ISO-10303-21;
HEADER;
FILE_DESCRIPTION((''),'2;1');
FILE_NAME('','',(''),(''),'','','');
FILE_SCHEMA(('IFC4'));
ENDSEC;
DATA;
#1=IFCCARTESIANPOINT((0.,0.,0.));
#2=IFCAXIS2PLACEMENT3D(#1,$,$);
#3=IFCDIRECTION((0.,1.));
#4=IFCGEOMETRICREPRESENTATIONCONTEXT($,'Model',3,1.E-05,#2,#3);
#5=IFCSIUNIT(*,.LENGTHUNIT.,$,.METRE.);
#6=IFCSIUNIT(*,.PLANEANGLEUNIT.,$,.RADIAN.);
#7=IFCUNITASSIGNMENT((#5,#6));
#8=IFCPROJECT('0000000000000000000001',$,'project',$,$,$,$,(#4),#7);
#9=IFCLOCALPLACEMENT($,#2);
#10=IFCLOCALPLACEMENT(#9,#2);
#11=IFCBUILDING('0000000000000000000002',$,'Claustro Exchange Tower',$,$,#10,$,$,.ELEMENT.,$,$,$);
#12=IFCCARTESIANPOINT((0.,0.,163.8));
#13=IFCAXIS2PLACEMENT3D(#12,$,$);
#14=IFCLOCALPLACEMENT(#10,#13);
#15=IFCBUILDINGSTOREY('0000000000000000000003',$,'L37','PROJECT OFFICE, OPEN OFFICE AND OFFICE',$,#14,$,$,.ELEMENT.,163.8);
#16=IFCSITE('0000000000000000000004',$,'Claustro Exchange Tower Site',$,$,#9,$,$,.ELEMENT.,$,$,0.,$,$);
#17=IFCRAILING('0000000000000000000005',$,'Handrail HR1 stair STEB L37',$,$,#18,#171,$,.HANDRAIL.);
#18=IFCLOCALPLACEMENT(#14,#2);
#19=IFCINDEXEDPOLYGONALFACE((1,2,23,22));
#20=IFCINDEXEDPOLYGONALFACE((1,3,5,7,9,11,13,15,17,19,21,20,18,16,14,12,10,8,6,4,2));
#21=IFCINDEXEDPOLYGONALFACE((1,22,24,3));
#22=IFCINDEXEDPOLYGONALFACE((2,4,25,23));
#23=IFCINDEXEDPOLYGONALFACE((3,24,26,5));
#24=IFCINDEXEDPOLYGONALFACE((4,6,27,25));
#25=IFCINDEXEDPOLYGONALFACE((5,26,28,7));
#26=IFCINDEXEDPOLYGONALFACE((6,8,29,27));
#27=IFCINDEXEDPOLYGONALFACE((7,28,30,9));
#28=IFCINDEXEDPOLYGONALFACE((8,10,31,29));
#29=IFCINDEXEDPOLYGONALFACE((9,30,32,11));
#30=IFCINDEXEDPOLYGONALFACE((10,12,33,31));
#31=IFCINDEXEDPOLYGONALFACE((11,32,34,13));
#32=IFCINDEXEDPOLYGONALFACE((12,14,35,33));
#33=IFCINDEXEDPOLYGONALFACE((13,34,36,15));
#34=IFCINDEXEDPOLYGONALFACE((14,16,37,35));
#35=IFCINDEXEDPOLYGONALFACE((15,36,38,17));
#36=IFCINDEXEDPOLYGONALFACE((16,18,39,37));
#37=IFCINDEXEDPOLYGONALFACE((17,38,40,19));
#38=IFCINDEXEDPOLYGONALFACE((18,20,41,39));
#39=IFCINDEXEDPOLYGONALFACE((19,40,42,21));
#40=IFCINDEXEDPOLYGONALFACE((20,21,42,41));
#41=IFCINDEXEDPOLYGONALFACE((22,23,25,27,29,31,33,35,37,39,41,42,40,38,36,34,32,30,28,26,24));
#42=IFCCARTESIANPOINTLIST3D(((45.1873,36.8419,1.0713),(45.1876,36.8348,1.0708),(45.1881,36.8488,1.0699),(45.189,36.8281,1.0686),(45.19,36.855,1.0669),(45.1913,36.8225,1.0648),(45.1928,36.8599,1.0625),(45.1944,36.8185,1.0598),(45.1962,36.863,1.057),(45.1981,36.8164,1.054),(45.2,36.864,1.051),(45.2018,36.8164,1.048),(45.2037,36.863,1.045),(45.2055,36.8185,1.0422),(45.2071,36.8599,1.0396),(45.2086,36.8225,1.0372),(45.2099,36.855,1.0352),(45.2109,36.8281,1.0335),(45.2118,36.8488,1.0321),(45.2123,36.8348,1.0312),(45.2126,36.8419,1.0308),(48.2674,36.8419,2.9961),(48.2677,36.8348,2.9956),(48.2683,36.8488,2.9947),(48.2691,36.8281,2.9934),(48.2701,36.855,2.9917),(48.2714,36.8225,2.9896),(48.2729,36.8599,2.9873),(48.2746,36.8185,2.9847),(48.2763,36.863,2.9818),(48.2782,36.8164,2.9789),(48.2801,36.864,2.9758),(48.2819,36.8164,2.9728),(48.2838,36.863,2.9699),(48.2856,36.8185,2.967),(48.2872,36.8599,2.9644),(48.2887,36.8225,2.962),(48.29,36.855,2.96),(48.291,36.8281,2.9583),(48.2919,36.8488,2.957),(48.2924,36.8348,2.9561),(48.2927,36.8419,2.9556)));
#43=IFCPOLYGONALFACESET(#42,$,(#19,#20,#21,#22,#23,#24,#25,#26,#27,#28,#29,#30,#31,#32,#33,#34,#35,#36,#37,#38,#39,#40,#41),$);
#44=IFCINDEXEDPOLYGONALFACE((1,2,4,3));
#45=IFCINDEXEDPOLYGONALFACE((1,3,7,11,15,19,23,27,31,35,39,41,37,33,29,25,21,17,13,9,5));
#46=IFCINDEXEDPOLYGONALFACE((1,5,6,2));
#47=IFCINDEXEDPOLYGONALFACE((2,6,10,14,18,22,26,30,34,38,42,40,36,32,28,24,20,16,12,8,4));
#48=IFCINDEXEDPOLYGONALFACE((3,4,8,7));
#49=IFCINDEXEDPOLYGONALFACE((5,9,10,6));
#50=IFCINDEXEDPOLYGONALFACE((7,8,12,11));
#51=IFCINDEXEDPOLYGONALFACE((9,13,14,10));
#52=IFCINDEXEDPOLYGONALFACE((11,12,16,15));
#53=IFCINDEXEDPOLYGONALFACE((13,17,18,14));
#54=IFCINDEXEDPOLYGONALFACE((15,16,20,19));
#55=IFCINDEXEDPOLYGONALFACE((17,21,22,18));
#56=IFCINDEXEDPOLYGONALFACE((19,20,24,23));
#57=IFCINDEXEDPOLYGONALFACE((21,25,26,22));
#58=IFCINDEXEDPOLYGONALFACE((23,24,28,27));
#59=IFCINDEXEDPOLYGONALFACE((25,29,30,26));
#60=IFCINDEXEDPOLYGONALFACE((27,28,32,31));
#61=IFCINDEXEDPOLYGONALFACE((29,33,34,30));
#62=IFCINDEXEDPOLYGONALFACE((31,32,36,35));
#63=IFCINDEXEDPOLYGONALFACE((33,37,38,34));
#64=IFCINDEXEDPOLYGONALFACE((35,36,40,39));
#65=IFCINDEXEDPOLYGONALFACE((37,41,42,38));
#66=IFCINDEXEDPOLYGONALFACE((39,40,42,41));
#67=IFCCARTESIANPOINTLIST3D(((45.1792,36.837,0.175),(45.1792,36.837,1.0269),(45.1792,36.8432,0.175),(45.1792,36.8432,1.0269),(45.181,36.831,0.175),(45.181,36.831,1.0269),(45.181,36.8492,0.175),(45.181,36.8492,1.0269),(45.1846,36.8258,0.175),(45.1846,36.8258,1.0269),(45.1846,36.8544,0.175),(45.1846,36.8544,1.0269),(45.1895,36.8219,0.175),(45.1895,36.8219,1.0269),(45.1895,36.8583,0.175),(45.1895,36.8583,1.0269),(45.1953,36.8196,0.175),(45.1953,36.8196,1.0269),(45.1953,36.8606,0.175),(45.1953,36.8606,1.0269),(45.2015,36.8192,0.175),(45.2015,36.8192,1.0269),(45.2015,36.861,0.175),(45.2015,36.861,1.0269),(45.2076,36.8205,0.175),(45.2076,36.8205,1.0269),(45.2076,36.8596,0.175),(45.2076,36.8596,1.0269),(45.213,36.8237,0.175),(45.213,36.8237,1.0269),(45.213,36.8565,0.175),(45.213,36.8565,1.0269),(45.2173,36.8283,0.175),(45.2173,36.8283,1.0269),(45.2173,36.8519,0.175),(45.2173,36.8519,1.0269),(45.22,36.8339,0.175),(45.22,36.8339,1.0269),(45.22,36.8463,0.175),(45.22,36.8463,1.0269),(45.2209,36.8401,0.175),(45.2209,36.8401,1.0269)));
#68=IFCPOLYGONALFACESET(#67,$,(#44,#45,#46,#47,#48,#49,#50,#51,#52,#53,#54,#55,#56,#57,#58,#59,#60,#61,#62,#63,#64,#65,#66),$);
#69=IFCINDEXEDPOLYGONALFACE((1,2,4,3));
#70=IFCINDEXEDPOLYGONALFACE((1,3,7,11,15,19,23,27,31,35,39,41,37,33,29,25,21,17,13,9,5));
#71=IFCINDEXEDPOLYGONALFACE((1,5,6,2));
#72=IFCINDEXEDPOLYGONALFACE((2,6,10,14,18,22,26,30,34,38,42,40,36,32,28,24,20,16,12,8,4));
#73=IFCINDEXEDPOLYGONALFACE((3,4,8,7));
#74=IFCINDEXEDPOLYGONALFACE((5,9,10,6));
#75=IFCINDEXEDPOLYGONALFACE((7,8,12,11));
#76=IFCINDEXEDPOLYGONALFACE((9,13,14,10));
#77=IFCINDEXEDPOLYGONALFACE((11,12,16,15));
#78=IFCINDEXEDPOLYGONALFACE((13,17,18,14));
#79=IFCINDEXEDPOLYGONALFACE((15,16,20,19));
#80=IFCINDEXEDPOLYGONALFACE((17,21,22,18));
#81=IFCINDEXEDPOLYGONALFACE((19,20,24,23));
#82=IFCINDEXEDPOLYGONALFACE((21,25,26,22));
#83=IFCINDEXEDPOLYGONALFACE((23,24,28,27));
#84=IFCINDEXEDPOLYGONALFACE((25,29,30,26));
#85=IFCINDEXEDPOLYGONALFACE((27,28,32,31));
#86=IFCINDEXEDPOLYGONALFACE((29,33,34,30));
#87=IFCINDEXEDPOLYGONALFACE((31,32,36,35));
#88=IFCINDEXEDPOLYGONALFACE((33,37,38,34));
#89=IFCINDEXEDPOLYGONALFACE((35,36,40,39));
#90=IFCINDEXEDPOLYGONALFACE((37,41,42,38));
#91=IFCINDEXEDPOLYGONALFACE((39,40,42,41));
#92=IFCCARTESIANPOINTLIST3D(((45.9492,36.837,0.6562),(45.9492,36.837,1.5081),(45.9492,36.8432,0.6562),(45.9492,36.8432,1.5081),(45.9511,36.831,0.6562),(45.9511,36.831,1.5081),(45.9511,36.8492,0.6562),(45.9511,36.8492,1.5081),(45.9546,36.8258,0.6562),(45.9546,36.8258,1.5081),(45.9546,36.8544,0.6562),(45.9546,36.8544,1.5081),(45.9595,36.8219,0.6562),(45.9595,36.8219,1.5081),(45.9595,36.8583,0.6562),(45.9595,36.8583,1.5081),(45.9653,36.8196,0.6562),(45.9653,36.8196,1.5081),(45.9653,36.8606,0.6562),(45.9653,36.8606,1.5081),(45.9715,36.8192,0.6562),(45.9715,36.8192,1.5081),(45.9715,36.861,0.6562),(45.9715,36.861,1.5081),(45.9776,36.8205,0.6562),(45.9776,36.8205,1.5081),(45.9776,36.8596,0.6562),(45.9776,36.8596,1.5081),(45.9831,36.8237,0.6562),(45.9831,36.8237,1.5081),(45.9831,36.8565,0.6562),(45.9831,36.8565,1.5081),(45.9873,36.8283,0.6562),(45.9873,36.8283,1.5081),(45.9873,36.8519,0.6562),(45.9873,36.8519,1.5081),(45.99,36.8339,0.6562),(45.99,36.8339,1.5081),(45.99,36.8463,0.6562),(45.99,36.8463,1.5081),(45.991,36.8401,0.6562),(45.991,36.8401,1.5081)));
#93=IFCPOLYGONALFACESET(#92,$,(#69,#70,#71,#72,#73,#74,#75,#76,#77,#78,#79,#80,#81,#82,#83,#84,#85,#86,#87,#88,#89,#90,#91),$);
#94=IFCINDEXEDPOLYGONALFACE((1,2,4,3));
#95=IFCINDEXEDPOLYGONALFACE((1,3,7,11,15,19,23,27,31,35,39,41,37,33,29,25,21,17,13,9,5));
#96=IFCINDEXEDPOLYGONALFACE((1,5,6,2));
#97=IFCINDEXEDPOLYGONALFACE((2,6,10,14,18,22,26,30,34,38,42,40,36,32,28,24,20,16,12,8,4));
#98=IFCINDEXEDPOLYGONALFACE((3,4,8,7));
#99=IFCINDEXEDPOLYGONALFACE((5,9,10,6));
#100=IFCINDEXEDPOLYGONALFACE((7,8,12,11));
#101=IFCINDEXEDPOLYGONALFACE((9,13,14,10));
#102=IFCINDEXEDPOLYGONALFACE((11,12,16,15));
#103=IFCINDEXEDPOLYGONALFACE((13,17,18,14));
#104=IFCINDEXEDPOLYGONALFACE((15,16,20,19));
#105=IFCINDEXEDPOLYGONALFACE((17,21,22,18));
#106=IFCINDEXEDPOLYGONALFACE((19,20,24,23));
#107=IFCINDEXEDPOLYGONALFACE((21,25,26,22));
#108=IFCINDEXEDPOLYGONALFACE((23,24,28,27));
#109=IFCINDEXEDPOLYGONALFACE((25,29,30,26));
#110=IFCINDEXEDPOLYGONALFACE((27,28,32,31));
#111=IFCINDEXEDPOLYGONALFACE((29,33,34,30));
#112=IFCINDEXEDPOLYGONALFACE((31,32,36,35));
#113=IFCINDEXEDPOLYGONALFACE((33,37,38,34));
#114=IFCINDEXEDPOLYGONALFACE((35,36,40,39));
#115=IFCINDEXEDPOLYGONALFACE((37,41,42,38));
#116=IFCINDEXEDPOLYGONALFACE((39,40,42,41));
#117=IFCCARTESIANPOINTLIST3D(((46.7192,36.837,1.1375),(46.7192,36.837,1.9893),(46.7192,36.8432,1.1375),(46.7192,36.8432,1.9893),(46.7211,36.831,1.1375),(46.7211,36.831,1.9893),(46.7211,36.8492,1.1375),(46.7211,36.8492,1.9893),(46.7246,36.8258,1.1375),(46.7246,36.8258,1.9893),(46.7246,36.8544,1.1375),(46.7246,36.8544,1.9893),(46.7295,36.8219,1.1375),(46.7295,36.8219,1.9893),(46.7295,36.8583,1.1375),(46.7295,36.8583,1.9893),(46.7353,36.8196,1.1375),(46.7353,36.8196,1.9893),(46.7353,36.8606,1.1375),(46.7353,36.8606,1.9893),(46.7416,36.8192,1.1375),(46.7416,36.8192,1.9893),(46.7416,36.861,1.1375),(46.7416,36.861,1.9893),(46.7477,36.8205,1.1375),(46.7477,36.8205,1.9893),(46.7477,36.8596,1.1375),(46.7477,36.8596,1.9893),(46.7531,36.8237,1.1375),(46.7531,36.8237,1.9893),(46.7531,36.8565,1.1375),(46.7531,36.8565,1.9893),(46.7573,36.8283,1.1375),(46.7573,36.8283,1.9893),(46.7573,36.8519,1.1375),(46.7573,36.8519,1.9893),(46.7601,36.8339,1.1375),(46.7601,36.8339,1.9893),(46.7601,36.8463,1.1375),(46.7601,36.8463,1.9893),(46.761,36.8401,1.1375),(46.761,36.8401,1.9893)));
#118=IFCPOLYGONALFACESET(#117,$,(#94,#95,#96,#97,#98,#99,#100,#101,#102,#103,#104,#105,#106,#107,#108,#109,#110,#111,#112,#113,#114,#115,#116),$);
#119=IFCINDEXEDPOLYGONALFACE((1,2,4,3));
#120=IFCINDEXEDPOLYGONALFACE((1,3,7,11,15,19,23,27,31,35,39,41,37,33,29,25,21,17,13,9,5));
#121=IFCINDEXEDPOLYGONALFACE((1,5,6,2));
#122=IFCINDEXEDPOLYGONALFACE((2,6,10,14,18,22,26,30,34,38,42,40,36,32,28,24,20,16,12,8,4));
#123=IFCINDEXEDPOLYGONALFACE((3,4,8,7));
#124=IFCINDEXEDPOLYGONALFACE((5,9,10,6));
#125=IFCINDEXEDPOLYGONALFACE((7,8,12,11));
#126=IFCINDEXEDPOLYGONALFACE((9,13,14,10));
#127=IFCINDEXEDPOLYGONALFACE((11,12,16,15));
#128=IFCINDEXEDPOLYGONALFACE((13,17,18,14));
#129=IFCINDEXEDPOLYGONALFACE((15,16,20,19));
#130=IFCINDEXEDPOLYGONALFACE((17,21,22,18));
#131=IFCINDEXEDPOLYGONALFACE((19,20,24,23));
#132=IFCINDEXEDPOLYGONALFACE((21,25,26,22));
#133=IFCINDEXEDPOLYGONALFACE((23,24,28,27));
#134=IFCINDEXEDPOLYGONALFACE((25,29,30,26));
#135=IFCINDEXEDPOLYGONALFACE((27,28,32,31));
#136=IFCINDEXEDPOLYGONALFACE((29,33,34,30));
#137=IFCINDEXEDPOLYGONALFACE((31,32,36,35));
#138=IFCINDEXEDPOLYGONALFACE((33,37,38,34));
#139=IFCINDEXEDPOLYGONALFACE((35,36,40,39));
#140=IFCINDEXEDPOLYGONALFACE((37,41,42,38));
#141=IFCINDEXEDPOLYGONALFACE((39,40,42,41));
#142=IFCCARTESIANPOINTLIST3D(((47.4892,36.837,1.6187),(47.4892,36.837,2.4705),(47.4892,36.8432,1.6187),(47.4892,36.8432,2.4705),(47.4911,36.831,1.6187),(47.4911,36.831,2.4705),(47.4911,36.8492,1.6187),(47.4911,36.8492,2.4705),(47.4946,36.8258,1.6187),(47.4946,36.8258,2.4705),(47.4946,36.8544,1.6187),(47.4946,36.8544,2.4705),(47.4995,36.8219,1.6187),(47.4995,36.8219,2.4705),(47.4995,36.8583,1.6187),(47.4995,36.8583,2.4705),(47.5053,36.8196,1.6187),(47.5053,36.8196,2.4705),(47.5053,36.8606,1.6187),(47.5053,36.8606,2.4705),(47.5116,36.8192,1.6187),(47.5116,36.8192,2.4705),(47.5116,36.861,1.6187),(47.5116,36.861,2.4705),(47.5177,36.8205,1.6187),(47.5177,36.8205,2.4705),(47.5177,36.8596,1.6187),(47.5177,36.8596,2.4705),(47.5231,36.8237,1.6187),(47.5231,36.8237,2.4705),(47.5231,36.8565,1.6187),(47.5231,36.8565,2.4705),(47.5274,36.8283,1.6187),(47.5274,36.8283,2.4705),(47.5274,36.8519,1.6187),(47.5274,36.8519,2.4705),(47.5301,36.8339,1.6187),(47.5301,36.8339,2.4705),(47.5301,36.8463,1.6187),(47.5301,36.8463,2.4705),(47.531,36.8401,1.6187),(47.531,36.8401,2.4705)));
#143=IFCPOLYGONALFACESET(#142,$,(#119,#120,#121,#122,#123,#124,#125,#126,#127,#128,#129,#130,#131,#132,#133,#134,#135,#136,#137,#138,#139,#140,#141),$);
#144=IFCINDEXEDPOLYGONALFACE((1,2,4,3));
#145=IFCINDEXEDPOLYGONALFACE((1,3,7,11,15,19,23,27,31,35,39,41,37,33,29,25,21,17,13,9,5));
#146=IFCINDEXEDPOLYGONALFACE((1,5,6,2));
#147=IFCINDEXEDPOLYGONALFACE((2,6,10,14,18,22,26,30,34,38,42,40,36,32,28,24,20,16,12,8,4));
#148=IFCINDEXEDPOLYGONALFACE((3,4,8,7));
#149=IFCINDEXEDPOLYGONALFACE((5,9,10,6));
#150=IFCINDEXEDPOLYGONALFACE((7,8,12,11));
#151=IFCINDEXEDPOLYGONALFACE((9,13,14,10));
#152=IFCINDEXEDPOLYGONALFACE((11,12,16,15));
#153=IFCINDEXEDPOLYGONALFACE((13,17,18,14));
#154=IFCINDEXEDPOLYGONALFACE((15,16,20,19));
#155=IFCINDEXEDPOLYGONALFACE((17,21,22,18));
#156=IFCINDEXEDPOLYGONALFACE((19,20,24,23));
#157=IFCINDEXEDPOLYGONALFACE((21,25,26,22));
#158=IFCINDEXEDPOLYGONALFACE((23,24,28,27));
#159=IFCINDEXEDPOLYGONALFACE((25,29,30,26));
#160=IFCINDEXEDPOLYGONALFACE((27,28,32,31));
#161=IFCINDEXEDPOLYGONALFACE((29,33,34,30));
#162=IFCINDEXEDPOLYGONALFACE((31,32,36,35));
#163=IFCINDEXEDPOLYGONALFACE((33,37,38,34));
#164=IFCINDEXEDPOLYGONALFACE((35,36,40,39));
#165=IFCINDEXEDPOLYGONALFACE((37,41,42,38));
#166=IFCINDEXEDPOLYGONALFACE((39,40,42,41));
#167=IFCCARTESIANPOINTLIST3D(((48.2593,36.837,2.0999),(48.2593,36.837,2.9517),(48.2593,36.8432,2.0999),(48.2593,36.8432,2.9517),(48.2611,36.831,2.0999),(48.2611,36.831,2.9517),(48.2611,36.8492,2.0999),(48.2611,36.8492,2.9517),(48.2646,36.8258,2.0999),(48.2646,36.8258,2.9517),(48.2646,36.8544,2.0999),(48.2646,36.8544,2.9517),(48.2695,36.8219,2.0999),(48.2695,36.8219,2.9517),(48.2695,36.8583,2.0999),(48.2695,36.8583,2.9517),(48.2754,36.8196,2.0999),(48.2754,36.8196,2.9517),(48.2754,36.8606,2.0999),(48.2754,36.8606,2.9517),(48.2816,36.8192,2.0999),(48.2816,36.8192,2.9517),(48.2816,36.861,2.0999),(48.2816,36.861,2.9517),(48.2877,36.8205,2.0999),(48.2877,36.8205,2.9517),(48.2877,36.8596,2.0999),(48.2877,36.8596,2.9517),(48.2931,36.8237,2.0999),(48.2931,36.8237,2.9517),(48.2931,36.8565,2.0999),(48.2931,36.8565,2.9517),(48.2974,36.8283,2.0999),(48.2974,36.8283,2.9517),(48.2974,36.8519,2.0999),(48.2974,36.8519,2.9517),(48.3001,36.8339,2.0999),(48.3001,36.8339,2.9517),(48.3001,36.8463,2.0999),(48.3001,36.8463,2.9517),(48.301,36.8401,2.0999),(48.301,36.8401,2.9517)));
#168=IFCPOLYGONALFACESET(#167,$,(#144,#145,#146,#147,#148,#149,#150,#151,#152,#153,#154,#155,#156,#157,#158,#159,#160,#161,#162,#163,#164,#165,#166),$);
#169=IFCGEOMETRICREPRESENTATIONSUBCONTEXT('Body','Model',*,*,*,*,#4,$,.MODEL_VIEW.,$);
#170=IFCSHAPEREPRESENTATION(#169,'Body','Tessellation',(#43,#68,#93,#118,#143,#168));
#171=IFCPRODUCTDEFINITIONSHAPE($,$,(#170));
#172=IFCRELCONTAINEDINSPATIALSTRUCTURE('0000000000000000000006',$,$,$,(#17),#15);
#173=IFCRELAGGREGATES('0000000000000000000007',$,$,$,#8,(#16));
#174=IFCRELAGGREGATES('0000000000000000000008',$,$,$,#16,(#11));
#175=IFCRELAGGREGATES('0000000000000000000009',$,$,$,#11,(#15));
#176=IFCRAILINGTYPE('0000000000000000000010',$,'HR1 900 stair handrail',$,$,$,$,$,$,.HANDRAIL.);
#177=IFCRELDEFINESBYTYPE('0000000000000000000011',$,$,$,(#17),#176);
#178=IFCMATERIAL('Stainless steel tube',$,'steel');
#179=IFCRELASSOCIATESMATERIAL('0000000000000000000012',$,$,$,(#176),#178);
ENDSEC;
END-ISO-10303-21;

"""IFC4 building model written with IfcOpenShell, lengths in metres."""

from ifc_helpers import new_model, si_unit, direction, frame, origin, origin_2d, place, context, subcontext, project, spatial, circle, extrude, material, type_object, element, save


model = new_model("IFC4")

# Units and contexts
model_context = context("Model", 3, precision=1e-05, world=origin(), true_north=direction((0.0, 1.0)))
body_context = subcontext(model_context, "Body", "Model", "MODEL_VIEW")
ifc_project = project(units=[si_unit("LENGTHUNIT", "METRE"), si_unit("PLANEANGLEUNIT", "RADIAN")], contexts=[model_context])

# Site, building, storey
site_placement = place(None, origin())
site = spatial("IfcSite", under=ifc_project, at=site_placement, Name="Claustro Exchange Tower Site", CompositionType="ELEMENT", RefElevation=0.0)
building_placement = place(site_placement, origin())
building = spatial("IfcBuilding", under=site, at=building_placement, Name="Claustro Exchange Tower", CompositionType="ELEMENT")
storey_placement = place(building_placement, frame((0.0, 0.0, 163.8)))
storey = spatial("IfcBuildingStorey", under=building, at=storey_placement, Name="L37", Description="PROJECT OFFICE, OPEN OFFICE AND OFFICE", CompositionType="ELEMENT", Elevation=163.8)

# Railing
ifc_material_1 = material(Name="Stainless steel tube", Category="steel")
railing_type_1 = type_object("IfcRailingType", Name="HR1 900 stair handrail", PredefinedType="HANDRAIL", material=ifc_material_1)
railing_1_placement = place(storey_placement, frame((45.2, 36.8401, 0.175)))
element("IfcRailing", 1, at=railing_1_placement, inside=storey, type_object=railing_type_1, Name="Handrail HR1 stair STEB L37", PredefinedType="HANDRAIL", context=body_context, shape_type="SweptSolid", body=[
    extrude(circle(Radius=0.0239, at=origin_2d()), frame((0.0, 0.0, 0.876), z_axis=(0.848029, 0.0, 0.529951), x_axis=(0.0, 1.0, 0.0)), (0.0, 0.0, 1.0), 3.6321),
    extrude(circle(Radius=0.021, at=origin_2d()), origin(), (0.0, 0.0, 1.0), 0.8518),
    extrude(circle(Radius=0.021, at=origin_2d()), frame((0.77, 0.0, 0.4812)), (0.0, 0.0, 1.0), 0.8518),
    extrude(circle(Radius=0.021, at=origin_2d()), frame((1.54, 0.0, 0.9624)), (0.0, 0.0, 1.0), 0.8518),
    extrude(circle(Radius=0.021, at=origin_2d()), frame((2.3101, 0.0, 1.4436)), (0.0, 0.0, 1.0), 0.8518),
    extrude(circle(Radius=0.021, at=origin_2d()), frame((3.0801, 0.0, 1.9248)), (0.0, 0.0, 1.0), 0.8518),
])

save(model, "model.ifc")
